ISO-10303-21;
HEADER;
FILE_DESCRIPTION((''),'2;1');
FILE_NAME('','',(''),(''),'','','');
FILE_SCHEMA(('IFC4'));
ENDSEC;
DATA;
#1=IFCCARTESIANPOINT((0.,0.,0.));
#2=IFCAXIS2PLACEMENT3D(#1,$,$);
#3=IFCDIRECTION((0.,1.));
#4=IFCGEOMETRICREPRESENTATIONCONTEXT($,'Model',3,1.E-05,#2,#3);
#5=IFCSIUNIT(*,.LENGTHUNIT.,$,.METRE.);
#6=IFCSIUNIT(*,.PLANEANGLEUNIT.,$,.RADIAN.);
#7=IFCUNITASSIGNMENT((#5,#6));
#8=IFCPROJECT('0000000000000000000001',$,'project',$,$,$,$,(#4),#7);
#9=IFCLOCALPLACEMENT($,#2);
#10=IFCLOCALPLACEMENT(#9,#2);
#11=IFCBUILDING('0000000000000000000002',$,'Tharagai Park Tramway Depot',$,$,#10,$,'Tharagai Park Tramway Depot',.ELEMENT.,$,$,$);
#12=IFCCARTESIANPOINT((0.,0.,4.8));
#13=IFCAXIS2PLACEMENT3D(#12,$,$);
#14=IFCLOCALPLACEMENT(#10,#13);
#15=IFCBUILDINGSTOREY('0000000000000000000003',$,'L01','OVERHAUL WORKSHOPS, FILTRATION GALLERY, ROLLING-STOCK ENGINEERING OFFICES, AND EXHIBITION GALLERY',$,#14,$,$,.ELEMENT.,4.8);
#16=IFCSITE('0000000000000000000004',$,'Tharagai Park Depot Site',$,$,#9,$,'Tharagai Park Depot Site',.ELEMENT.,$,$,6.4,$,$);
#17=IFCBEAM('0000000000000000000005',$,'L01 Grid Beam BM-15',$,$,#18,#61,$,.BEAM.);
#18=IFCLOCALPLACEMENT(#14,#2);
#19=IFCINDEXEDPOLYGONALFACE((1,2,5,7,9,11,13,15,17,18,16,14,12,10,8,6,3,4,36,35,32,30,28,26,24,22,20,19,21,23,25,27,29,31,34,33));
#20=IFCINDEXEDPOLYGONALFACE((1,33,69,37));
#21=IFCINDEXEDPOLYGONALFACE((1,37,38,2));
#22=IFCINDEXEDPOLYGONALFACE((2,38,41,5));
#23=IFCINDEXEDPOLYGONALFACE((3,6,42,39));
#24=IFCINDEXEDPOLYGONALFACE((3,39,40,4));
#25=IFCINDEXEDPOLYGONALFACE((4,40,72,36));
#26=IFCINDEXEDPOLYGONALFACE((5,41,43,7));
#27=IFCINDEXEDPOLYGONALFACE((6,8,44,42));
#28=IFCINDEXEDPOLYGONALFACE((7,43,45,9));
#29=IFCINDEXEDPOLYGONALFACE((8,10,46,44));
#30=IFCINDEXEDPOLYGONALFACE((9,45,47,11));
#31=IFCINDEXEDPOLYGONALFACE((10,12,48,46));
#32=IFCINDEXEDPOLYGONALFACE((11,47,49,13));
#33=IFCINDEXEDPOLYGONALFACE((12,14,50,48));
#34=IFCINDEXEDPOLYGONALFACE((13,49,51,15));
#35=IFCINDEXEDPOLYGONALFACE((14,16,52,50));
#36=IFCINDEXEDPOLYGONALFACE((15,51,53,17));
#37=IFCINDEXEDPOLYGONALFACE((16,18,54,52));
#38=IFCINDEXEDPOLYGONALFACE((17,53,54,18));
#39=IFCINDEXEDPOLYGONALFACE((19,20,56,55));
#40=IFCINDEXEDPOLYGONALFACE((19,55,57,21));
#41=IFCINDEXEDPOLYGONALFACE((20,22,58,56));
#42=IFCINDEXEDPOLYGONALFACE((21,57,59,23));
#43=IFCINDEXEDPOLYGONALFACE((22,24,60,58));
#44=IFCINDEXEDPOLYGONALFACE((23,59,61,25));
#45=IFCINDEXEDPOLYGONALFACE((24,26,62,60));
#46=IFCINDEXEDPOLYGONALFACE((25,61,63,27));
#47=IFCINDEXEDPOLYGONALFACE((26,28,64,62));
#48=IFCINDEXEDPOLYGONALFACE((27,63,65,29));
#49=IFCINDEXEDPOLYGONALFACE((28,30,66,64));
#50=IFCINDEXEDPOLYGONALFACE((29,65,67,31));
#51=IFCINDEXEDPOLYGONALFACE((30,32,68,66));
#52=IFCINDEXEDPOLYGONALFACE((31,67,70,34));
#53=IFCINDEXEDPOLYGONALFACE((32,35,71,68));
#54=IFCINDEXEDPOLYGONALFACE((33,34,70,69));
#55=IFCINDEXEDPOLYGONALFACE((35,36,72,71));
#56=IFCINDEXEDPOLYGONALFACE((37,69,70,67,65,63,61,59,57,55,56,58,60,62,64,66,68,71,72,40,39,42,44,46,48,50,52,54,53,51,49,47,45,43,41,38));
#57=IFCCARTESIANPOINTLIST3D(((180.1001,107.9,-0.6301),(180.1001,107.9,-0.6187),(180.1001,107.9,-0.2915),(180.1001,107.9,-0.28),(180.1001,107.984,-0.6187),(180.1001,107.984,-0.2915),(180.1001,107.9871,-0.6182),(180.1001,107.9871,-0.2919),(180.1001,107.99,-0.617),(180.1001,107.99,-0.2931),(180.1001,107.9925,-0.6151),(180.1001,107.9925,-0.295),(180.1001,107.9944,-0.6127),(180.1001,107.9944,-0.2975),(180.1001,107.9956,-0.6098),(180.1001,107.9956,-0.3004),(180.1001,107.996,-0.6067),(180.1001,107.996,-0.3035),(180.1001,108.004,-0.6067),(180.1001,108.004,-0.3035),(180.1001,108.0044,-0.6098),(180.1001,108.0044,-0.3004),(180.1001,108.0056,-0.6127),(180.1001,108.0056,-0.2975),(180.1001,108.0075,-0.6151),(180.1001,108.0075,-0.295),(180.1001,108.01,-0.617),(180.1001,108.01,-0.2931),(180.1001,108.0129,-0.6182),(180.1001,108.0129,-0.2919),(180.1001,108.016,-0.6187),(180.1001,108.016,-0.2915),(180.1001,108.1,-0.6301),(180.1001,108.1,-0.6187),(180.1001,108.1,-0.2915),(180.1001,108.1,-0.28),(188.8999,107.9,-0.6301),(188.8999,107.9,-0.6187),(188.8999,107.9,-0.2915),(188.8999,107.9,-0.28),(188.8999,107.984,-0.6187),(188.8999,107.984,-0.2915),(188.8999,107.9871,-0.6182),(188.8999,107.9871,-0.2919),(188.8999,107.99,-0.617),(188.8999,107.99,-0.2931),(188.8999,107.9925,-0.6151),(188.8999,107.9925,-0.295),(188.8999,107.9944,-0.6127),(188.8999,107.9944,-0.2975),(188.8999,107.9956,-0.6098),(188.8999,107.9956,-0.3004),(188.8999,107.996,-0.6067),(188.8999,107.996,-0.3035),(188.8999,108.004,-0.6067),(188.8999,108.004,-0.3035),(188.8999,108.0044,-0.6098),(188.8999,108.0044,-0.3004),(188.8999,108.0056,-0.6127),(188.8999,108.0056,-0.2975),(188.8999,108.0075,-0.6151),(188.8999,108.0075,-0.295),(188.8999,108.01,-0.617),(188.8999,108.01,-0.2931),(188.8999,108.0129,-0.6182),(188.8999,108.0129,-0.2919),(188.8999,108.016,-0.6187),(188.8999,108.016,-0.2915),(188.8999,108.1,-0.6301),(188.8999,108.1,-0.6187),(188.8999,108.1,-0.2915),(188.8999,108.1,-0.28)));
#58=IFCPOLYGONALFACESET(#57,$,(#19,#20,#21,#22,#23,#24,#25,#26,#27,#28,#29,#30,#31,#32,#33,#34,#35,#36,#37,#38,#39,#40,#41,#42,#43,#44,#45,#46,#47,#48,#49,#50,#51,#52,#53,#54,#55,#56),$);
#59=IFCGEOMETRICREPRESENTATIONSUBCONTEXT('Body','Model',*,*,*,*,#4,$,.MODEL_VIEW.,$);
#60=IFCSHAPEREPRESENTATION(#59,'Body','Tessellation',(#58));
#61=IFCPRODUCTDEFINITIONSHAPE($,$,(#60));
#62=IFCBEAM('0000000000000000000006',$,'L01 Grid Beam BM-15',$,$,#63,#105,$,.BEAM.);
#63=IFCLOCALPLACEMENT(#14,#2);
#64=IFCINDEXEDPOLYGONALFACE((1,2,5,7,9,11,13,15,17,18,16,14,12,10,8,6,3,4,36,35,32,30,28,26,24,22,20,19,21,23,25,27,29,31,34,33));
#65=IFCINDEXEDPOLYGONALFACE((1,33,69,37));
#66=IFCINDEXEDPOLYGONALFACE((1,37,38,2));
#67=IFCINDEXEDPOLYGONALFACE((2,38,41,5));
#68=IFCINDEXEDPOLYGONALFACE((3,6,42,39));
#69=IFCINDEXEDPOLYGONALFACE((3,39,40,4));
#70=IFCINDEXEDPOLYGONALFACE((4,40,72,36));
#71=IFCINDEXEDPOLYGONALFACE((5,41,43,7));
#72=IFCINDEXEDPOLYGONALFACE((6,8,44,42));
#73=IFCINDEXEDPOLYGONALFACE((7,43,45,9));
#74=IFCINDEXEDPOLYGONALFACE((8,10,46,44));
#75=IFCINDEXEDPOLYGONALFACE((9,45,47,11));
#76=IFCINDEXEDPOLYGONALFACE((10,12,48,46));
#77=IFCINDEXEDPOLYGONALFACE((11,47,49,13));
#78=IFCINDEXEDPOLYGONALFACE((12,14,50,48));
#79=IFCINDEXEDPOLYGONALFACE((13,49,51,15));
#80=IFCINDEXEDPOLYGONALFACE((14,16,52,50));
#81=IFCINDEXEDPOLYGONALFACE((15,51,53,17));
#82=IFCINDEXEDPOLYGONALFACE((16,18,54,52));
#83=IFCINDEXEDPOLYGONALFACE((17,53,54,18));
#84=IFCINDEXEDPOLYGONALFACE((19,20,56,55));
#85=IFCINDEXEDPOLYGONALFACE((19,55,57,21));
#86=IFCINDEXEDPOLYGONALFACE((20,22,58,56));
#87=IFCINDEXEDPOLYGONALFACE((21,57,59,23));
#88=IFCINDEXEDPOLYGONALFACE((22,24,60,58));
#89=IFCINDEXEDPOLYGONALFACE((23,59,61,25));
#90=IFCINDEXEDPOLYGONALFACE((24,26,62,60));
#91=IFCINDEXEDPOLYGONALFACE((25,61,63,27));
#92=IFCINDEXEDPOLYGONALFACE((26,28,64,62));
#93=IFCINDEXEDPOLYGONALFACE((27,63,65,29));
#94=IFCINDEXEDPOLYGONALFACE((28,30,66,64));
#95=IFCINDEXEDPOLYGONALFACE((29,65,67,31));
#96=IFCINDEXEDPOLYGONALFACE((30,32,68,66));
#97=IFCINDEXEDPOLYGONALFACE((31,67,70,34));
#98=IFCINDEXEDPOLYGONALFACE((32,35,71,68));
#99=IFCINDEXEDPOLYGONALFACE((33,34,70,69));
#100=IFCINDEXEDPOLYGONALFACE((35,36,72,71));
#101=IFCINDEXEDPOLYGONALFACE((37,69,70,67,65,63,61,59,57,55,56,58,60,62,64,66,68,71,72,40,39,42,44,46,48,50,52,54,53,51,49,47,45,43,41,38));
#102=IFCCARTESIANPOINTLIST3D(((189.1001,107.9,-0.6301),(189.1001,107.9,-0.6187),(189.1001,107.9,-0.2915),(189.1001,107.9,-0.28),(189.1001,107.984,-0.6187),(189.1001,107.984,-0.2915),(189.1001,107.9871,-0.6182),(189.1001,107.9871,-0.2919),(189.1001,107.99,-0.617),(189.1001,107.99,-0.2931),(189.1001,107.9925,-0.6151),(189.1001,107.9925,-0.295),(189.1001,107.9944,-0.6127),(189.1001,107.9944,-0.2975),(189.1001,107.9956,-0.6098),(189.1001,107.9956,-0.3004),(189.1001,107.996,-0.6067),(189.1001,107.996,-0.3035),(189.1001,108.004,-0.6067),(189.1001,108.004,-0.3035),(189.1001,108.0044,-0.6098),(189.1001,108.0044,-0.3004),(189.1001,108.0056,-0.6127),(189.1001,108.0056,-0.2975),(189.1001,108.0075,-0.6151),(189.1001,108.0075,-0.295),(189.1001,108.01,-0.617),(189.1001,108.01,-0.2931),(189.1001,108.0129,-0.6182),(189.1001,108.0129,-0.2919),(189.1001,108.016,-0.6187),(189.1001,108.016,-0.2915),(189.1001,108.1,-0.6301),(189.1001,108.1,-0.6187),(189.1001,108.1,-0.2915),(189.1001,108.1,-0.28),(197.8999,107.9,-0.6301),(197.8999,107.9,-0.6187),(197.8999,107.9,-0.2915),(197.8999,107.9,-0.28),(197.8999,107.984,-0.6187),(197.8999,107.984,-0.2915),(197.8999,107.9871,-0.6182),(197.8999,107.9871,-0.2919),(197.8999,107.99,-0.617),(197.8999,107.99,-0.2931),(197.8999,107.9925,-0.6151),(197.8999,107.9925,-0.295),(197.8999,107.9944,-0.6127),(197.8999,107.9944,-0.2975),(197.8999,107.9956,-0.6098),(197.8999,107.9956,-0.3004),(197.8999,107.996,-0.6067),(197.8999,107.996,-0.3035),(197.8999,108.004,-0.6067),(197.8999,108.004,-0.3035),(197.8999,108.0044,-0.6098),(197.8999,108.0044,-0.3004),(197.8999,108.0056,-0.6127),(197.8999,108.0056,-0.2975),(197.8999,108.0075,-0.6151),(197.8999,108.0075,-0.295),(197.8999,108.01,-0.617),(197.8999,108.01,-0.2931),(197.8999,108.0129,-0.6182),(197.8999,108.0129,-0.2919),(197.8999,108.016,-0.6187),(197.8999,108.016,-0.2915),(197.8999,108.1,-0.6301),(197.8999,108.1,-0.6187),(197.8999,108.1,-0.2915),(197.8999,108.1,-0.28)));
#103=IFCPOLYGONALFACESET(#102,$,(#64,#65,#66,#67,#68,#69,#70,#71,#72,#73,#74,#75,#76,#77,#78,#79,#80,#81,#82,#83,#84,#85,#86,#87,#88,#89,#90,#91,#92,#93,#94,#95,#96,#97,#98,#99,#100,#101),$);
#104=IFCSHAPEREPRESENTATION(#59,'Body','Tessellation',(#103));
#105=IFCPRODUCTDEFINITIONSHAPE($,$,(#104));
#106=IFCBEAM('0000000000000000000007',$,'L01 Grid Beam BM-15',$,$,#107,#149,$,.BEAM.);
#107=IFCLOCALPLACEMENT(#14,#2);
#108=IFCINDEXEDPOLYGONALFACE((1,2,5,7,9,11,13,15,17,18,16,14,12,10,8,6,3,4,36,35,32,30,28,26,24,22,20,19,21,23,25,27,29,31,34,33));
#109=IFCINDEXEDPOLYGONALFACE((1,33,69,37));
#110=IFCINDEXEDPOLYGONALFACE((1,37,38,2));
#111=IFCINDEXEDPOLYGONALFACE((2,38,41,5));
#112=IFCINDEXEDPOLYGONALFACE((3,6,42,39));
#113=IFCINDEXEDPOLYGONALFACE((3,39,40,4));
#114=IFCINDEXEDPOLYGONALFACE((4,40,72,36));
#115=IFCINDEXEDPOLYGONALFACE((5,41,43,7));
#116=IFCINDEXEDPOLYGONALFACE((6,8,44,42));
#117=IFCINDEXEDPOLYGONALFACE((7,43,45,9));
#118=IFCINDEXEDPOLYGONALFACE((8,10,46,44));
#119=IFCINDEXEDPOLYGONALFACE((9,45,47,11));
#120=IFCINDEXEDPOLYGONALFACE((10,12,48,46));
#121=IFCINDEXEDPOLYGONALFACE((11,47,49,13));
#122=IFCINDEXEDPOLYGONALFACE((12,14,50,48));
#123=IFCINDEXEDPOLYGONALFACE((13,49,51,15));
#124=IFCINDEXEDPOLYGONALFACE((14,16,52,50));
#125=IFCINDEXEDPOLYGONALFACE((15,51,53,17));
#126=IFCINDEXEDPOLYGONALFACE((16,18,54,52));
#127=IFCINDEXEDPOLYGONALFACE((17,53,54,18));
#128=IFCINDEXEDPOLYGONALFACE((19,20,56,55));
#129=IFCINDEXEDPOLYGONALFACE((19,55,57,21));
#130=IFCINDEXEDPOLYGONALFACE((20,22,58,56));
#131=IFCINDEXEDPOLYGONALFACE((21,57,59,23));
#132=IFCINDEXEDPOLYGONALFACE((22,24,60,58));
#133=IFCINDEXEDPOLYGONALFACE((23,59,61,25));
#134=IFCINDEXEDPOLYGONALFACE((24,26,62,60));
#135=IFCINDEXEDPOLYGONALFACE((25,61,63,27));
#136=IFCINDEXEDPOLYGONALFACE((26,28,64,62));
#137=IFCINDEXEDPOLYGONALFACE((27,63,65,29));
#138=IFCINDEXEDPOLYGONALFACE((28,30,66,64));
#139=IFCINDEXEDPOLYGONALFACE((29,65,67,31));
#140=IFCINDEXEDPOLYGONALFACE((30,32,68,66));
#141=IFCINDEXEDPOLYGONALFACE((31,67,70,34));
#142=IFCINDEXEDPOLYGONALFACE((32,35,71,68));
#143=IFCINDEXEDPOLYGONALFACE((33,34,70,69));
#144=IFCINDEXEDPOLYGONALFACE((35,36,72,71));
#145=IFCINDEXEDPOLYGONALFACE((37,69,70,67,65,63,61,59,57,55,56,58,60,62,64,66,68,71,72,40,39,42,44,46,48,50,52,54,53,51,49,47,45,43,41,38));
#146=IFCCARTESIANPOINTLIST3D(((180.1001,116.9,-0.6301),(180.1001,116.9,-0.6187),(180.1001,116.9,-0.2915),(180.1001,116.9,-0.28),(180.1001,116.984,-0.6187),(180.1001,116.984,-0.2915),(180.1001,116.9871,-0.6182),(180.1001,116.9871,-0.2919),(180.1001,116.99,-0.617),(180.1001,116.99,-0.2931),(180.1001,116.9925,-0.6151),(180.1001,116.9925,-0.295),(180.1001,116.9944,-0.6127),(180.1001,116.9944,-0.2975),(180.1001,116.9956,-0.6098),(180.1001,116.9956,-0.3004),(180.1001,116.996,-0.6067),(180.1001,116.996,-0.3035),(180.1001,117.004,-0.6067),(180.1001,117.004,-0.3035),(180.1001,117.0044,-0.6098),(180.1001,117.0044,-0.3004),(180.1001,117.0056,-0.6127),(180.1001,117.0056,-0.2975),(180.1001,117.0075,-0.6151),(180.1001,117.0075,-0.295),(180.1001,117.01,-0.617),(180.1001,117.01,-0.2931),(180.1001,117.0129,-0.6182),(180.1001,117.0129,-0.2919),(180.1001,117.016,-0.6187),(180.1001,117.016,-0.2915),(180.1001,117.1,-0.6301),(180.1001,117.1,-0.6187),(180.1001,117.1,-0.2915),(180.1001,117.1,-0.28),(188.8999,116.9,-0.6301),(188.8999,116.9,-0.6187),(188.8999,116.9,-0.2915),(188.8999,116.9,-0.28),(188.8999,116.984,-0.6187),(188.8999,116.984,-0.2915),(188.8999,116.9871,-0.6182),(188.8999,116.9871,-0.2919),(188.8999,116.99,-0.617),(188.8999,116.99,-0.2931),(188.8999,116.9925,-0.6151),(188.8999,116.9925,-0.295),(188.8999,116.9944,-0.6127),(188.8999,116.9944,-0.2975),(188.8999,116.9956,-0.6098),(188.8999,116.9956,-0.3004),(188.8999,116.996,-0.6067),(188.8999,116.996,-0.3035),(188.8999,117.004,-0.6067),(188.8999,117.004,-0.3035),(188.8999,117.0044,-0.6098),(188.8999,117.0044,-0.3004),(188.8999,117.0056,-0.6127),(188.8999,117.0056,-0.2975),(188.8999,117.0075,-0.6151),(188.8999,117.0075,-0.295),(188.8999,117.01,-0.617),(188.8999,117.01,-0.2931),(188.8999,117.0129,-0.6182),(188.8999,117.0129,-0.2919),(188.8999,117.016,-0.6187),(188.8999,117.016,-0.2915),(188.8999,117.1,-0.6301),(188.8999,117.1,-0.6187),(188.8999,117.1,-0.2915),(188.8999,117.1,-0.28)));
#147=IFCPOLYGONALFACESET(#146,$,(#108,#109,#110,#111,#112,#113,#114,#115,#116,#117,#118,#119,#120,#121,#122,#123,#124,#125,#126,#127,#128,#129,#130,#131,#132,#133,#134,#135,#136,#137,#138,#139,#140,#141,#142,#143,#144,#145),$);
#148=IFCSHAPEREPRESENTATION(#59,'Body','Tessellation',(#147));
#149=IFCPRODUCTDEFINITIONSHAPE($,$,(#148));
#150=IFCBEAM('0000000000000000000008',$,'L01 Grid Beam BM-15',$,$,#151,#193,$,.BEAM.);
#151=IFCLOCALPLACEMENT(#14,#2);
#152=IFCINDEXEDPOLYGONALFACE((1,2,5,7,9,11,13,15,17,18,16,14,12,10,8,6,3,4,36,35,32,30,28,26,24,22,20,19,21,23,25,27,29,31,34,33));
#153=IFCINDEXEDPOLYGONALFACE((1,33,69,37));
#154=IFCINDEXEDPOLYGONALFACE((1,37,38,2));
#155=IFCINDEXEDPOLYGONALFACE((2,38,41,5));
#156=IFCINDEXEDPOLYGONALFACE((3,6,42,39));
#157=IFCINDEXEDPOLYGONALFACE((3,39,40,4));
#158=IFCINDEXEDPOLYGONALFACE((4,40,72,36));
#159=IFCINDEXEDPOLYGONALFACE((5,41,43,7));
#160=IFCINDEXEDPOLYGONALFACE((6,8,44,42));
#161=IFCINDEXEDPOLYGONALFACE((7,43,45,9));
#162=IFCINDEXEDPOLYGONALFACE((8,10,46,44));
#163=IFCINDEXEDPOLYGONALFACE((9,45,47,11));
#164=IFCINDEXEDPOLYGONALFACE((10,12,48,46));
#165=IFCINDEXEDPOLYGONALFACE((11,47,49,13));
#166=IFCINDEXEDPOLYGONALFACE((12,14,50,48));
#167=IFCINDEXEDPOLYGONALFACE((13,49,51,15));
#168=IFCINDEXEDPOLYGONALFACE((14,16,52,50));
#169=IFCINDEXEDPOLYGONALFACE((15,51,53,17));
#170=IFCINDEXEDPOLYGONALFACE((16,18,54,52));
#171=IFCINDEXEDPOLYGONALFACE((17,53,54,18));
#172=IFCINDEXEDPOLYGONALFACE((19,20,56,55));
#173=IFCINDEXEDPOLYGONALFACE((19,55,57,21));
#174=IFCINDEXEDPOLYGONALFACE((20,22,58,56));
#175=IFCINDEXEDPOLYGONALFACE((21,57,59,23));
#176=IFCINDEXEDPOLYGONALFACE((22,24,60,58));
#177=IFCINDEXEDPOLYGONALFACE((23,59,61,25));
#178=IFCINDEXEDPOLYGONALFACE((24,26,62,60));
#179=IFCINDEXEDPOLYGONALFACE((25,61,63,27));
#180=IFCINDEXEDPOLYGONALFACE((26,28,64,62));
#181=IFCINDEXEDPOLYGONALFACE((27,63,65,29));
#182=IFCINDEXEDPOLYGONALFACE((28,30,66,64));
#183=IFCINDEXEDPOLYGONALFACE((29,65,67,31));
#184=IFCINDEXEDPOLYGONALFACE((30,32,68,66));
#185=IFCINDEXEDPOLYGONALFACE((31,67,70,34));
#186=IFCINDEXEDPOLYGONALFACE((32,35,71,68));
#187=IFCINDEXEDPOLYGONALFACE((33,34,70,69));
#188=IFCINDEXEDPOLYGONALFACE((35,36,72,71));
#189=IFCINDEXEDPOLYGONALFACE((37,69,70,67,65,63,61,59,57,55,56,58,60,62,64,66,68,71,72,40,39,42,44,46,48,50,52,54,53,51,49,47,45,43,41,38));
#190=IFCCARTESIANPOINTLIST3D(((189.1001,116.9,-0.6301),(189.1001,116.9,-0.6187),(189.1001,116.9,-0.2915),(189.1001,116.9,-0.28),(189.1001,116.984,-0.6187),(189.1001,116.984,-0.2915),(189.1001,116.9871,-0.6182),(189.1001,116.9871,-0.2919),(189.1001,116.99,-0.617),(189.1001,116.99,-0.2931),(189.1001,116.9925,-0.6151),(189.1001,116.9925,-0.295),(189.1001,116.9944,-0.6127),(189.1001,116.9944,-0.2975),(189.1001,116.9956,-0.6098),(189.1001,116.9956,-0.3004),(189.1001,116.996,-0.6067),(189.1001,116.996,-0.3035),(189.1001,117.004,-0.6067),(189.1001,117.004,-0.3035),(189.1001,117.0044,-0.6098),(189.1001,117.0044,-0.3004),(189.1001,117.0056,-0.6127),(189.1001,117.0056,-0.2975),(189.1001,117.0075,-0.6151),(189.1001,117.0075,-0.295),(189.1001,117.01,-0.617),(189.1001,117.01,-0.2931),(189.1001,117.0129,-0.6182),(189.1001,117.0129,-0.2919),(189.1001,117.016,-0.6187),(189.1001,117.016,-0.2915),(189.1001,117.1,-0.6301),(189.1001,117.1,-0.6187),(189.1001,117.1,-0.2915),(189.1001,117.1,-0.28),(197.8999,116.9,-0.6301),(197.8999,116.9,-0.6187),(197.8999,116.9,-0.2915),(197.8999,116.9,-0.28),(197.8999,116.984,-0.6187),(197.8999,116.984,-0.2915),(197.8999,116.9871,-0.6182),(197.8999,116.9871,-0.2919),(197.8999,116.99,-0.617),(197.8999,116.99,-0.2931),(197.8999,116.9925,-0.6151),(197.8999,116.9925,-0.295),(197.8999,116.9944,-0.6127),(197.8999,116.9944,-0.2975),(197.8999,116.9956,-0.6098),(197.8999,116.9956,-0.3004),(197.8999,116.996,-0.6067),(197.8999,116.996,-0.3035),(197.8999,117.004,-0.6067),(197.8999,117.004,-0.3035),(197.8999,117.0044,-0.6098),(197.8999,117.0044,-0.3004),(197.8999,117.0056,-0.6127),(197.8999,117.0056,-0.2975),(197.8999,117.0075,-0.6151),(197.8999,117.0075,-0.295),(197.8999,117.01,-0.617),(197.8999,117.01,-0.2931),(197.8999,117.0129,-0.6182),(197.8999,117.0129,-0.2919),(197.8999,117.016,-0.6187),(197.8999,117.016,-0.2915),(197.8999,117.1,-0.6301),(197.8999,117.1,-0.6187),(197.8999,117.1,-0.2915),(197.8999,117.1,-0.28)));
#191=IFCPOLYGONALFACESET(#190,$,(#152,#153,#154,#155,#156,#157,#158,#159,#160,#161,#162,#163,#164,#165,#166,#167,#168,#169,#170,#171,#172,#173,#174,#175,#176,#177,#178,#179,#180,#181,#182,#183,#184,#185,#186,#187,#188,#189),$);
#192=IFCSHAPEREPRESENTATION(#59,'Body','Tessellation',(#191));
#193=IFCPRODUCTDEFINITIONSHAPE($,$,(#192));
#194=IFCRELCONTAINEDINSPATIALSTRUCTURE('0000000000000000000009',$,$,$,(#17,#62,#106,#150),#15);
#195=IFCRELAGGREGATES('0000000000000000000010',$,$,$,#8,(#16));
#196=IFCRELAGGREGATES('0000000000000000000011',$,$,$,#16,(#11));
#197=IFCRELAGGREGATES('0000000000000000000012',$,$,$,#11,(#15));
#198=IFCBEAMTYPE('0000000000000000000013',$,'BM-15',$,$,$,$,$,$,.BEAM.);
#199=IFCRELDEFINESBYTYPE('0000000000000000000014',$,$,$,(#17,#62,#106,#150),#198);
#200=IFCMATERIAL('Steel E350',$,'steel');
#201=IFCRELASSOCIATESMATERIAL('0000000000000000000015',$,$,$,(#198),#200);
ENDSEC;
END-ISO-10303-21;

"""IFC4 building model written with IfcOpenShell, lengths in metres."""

from ifc_helpers import new_model, si_unit, direction, frame, origin, origin_2d, place, context, subcontext, project, spatial, i_section, extrude, material, material_profile, profile_set, type_object, element, save


model = new_model("IFC4")

# Units and contexts
model_context = context("Model", 3, precision=1e-05, world=origin(), true_north=direction((0.0, 1.0)))
body_context = subcontext(model_context, "Body", "Model", "MODEL_VIEW")
ifc_project = project(units=[si_unit("LENGTHUNIT", "METRE"), si_unit("PLANEANGLEUNIT", "RADIAN")], contexts=[model_context])

# Site, building, storey
site_placement = place(None, origin())
site = spatial("IfcSite", under=ifc_project, at=site_placement, Name="Tharagai Park Depot Site", LongName="Tharagai Park Depot Site", CompositionType="ELEMENT", RefElevation=6.4)
building_placement = place(site_placement, origin())
building = spatial("IfcBuilding", under=site, at=building_placement, Name="Tharagai Park Tramway Depot", LongName="Tharagai Park Tramway Depot", CompositionType="ELEMENT")
storey_placement = place(building_placement, frame((0.0, 0.0, 4.8)))
storey = spatial("IfcBuildingStorey", under=building, at=storey_placement, Name="L01", Description="OVERHAUL WORKSHOPS, FILTRATION GALLERY, ROLLING-STOCK ENGINEERING OFFICES, AND EXHIBITION GALLERY", CompositionType="ELEMENT", Elevation=4.8)

# Shared definitions
ifc_material_1 = material(Name="Steel E350", Category="steel")

# Beams
ifc_material_profile_1 = material_profile(ifc_material_1, i_section(OverallWidth=0.2, OverallDepth=0.3501, WebThickness=0.0081, FlangeThickness=0.0115, FilletRadius=0.012, at=origin_2d()), Name="ISWB 350")
ifc_profile_set_1 = profile_set([ifc_material_profile_1], Name="Steel E350")
beam_type_1 = type_object("IfcBeamType", Name="BM-15", PredefinedType="BEAM", material=ifc_profile_set_1)
for number, where, z_axis, x_axis, name in (
    (1, (180.1001, 108.0, -0.4551), (1.0, 0.0, 0.0), (0.0, 1.0, 0.0), "L01 Grid Beam BM-15"),
    (2, (189.1001, 108.0, -0.4551), (1.0, 0.0, 0.0), (0.0, 1.0, 0.0), "L01 Grid Beam BM-15"),
    (3, (180.1001, 117.0, -0.4551), (1.0, 0.0, 0.0), (0.0, 1.0, 0.0), "L01 Grid Beam BM-15"),
    (4, (189.1001, 117.0, -0.4551), (1.0, 0.0, 0.0), (0.0, 1.0, 0.0), "L01 Grid Beam BM-15"),
):
    element("IfcBeam", number, at=place(storey_placement, frame(where, z_axis=z_axis, x_axis=x_axis)), inside=storey, type_object=beam_type_1, Name=name, PredefinedType="BEAM", context=body_context, shape_type="SweptSolid", body=[
        extrude(i_section(OverallWidth=0.2, OverallDepth=0.3501, WebThickness=0.0081, FlangeThickness=0.0115, FilletRadius=0.012, at=origin_2d()), origin(), (0.0, 0.0, 1.0), 8.7998),
    ])

save(model, "model.ifc")
